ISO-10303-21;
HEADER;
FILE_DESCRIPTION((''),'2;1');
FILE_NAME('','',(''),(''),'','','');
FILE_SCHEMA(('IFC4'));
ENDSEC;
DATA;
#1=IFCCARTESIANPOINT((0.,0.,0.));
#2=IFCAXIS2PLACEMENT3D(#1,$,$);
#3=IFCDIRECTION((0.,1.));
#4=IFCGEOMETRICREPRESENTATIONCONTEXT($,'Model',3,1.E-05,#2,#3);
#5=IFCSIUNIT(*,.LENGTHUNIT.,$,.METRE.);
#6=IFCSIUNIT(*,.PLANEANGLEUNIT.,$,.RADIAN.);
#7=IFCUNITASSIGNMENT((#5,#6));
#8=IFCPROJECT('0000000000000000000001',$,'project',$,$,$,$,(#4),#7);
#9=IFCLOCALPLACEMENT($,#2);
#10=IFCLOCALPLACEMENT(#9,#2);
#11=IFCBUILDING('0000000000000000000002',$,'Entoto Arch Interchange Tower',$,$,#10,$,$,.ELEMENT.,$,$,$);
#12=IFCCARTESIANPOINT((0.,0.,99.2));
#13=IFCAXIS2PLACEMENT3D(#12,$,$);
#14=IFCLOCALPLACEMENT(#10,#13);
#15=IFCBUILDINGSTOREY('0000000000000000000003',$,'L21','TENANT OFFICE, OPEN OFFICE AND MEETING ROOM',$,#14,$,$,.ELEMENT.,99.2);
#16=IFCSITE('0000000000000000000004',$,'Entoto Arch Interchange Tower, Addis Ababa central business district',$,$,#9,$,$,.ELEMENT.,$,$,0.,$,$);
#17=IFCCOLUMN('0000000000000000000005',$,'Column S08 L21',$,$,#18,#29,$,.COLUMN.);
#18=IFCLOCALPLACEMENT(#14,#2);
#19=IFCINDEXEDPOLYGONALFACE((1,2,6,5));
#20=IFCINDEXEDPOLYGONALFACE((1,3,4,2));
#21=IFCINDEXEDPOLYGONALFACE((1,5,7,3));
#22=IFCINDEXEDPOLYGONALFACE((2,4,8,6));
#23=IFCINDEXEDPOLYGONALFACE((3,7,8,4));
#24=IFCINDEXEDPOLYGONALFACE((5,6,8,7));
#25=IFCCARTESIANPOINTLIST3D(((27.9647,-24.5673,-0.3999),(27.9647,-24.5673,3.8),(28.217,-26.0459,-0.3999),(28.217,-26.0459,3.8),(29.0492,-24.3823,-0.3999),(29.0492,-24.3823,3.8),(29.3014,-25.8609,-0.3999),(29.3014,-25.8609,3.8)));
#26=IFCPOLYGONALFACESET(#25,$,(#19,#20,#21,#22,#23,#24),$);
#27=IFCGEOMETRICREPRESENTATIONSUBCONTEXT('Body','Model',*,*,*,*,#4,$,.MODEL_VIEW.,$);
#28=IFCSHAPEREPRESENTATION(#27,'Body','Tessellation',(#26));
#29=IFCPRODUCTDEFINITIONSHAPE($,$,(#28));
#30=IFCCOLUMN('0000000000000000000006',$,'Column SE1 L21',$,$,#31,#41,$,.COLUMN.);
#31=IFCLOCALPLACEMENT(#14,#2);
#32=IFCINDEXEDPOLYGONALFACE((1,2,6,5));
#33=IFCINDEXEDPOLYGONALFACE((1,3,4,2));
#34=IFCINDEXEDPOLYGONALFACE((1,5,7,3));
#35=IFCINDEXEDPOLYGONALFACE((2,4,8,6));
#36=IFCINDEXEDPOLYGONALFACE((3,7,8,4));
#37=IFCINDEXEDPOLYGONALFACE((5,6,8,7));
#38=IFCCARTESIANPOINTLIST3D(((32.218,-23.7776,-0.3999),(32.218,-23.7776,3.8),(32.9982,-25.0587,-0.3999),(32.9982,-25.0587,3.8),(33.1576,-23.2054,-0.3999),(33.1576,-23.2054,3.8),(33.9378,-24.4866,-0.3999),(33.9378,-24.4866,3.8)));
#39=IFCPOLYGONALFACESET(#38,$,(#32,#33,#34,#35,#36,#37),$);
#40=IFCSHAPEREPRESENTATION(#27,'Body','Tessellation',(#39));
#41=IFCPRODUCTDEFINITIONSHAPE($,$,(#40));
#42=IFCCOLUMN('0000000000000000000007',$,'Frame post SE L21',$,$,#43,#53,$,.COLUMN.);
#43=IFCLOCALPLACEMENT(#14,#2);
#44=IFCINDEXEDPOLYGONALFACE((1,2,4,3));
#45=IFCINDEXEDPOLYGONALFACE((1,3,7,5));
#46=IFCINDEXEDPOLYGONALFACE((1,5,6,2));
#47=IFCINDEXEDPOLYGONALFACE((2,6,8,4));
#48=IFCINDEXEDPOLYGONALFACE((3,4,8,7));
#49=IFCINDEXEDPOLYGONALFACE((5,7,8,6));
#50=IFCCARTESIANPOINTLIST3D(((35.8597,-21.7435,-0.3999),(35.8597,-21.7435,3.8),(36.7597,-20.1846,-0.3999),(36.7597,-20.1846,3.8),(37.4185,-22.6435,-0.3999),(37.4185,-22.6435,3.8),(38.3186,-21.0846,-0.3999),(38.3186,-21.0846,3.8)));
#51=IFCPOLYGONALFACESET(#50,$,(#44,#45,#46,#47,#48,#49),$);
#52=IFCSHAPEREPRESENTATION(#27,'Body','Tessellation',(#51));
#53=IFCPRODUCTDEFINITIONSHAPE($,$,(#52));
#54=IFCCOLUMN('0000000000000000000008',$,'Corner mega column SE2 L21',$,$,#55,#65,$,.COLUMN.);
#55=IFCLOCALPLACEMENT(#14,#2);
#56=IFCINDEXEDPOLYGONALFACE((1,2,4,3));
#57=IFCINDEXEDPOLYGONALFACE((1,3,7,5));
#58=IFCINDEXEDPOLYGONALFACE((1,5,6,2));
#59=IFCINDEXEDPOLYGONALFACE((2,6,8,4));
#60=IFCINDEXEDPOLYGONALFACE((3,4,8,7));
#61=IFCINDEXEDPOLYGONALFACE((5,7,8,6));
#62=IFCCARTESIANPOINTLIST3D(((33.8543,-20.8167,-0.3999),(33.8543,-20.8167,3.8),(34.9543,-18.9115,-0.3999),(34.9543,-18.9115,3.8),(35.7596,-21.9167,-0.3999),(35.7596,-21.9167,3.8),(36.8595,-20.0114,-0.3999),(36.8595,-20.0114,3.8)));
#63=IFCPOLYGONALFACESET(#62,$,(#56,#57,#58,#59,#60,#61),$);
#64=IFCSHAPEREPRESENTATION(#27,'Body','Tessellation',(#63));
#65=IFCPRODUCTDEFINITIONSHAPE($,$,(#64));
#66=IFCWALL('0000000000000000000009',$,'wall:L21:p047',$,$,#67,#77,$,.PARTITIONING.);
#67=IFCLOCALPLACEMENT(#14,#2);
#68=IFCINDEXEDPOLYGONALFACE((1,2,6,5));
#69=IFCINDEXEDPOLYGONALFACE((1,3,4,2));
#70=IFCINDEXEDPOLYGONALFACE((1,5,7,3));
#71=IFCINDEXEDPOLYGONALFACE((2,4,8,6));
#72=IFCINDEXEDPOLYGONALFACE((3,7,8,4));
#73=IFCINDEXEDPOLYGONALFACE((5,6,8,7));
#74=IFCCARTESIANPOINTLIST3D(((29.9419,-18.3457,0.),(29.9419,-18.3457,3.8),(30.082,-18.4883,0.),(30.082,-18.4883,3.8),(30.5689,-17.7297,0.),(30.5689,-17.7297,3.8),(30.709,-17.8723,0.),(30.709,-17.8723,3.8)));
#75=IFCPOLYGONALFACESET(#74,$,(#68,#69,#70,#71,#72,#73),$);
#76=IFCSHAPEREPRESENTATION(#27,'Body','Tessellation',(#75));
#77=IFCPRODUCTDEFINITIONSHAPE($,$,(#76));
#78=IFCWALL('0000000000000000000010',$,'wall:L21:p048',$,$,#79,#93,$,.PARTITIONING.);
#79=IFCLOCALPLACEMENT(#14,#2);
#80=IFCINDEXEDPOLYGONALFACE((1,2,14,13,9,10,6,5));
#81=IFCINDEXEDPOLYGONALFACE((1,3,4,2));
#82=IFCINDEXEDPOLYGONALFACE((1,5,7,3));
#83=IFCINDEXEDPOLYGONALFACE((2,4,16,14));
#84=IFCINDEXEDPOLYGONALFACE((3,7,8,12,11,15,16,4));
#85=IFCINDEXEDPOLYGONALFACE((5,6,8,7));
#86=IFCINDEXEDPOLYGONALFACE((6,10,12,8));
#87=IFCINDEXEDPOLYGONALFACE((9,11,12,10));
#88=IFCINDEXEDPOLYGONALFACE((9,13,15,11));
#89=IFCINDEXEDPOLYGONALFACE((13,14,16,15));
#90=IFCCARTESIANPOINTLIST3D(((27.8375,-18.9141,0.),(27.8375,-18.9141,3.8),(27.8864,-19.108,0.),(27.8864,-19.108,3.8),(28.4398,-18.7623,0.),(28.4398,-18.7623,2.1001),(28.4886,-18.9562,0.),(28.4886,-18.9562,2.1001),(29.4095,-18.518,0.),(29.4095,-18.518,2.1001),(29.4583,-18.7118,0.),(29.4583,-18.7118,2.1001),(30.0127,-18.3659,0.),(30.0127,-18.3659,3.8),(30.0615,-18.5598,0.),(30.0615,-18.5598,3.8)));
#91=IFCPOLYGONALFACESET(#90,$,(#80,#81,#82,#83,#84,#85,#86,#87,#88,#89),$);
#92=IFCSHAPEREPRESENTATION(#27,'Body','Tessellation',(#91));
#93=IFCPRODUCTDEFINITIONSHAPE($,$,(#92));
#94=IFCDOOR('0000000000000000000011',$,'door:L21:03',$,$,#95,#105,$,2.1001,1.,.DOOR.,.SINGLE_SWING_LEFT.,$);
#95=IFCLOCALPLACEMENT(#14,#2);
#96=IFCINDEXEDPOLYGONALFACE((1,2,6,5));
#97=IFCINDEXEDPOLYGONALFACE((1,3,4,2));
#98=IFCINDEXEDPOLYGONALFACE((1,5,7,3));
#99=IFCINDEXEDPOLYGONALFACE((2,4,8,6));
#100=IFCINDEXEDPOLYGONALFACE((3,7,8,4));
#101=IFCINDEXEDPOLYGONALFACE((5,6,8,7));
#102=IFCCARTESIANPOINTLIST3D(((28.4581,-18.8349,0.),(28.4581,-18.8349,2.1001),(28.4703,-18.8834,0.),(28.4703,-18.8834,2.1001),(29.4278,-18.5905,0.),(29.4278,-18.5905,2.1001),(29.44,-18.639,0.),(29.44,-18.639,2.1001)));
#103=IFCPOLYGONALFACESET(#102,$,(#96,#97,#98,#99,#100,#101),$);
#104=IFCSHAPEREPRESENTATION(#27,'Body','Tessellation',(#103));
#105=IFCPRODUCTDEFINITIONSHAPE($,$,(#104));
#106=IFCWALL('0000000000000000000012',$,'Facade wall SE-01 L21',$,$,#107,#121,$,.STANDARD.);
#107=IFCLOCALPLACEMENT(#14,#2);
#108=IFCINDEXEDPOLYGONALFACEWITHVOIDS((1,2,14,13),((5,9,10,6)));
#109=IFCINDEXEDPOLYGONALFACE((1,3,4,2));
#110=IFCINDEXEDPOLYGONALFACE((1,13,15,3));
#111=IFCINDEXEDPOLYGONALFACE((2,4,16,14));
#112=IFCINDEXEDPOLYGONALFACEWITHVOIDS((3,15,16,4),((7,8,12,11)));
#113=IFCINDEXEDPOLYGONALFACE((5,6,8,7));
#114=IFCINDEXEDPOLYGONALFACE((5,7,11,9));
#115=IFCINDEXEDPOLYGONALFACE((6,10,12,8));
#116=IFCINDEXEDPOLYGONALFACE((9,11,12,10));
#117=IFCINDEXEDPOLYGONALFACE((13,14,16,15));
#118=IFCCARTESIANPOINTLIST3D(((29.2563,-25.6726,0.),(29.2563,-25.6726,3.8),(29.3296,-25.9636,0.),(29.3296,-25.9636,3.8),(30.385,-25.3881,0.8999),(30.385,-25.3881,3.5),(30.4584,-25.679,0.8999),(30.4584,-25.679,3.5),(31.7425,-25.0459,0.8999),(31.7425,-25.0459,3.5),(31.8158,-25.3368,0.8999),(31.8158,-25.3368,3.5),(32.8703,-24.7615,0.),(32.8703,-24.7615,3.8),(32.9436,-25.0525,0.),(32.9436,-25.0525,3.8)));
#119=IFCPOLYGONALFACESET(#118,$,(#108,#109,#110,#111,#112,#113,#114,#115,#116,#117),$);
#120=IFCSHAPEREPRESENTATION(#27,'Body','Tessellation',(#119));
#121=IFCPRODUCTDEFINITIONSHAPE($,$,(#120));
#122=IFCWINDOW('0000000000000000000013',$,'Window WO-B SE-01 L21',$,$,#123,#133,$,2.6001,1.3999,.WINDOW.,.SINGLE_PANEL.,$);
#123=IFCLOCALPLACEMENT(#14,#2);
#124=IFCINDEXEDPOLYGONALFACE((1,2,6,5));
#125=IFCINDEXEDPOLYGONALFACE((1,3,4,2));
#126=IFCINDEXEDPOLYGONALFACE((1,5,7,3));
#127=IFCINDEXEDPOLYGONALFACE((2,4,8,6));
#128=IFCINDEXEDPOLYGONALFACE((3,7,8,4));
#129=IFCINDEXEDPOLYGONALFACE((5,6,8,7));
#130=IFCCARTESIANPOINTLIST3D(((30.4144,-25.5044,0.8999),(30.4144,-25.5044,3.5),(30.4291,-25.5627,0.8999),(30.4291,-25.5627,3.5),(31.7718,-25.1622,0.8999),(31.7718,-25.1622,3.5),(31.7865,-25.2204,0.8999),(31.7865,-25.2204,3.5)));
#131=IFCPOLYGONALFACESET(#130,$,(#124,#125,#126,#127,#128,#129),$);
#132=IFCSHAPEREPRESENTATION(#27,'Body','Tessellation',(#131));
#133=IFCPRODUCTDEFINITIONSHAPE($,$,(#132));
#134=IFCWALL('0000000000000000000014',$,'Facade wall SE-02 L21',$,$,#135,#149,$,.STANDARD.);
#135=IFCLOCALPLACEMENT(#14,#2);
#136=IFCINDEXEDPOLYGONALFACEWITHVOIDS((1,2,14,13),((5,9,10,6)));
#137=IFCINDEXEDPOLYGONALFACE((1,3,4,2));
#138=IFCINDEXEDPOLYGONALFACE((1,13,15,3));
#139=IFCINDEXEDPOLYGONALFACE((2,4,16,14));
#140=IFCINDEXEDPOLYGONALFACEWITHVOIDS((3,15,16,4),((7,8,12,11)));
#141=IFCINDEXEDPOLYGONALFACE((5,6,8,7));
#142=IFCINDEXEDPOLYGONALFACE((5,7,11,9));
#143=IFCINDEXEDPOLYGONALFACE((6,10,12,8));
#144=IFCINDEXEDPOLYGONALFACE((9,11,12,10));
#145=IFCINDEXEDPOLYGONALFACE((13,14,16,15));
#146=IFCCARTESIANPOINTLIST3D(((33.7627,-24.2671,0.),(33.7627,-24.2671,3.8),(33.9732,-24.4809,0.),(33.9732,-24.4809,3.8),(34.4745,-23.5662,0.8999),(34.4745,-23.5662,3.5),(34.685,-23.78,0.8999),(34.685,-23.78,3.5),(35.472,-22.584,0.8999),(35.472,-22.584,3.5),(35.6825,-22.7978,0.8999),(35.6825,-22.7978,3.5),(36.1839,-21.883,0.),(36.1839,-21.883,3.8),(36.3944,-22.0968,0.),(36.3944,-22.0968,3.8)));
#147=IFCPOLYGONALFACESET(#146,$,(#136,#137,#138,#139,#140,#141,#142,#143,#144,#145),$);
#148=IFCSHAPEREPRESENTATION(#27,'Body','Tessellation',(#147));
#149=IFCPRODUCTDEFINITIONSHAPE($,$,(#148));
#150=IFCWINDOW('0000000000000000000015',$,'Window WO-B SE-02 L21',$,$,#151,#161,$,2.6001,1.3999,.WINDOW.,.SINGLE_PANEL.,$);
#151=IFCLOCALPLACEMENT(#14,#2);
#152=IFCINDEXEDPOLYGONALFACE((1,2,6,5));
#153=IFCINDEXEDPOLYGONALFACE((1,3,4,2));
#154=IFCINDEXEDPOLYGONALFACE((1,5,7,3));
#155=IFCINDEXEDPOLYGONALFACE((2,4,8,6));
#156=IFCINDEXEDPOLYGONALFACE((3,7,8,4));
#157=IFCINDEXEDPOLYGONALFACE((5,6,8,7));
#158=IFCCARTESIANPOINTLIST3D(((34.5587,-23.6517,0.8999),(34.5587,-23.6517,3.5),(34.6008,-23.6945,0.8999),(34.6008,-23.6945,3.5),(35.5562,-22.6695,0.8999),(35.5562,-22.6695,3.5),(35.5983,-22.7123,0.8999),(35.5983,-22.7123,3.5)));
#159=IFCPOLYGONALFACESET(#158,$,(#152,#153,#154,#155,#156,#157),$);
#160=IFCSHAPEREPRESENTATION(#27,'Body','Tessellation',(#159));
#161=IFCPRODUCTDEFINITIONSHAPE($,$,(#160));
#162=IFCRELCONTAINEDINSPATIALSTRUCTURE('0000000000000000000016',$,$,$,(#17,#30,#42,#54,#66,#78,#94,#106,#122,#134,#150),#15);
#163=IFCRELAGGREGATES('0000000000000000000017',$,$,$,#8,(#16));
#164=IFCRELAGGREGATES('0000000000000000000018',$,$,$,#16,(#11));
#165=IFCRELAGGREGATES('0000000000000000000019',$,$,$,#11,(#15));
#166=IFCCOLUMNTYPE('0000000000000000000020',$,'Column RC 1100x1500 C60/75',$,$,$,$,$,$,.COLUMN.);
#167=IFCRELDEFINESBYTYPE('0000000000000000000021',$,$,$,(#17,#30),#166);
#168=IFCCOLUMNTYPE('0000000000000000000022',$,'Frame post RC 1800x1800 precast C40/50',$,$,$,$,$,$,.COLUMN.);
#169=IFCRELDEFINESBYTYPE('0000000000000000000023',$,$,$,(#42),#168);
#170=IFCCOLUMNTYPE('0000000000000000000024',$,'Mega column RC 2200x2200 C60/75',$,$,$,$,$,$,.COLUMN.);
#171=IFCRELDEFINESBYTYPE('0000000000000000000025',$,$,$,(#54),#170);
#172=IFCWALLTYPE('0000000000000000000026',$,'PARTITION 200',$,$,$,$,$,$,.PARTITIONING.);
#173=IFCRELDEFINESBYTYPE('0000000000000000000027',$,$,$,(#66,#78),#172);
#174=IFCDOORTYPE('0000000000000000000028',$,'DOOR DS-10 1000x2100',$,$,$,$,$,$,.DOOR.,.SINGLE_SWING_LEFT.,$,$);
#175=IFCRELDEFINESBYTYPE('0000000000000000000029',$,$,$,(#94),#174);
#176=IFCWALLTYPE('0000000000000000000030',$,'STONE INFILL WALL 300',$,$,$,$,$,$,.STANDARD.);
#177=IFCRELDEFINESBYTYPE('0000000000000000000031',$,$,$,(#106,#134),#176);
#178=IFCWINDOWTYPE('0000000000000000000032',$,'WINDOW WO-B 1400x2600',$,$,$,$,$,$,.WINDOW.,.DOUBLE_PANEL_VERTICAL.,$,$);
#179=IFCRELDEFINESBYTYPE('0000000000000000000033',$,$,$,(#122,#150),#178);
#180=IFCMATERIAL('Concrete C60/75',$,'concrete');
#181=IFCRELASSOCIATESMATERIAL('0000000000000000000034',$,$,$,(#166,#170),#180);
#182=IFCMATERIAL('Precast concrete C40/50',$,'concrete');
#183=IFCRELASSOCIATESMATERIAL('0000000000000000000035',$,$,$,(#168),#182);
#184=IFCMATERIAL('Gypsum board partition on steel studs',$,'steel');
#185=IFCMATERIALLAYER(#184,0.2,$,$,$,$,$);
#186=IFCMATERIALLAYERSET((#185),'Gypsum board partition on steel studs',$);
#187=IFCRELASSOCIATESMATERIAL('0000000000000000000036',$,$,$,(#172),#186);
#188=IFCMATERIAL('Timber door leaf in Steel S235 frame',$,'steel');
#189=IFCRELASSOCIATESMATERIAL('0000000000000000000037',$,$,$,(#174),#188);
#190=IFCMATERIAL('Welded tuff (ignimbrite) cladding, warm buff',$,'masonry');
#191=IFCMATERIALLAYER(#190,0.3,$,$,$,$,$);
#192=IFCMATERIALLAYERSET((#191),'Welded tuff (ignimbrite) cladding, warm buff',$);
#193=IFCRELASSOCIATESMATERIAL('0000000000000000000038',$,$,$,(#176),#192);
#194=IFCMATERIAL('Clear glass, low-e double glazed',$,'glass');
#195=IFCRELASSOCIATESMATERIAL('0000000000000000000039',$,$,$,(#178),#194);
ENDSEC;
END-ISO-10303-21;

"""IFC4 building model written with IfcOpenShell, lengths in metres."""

from ifc_helpers import new_model, si_unit, direction, frame, frame_2d, origin, origin_2d, place, context, subcontext, project, spatial, rectangle, extrude, material, layer, layer_set, material_profile, profile_set, type_object, element, fill, save


model = new_model("IFC4")

# Units and contexts
model_context = context("Model", 3, precision=1e-05, world=origin(), true_north=direction((0.0, 1.0)))
body_context = subcontext(model_context, "Body", "Model", "MODEL_VIEW")
ifc_project = project(units=[si_unit("LENGTHUNIT", "METRE"), si_unit("PLANEANGLEUNIT", "RADIAN")], contexts=[model_context])

# Site, building, storey
site_placement = place(None, origin())
site = spatial("IfcSite", under=ifc_project, at=site_placement, Name="Entoto Arch Interchange Tower, Addis Ababa central business district", CompositionType="ELEMENT", RefElevation=0.0)
building_placement = place(site_placement, origin())
building = spatial("IfcBuilding", under=site, at=building_placement, Name="Entoto Arch Interchange Tower", CompositionType="ELEMENT")
storey_placement = place(building_placement, frame((0.0, 0.0, 99.2)))
storey = spatial("IfcBuildingStorey", under=building, at=storey_placement, Name="L21", Description="TENANT OFFICE, OPEN OFFICE AND MEETING ROOM", CompositionType="ELEMENT", Elevation=99.2)

# Columns
ifc_material_1 = material(Name="Concrete C60/75", Category="concrete")
ifc_material_profile_1 = material_profile(ifc_material_1, rectangle(XDim=1.1001, YDim=1.5, at=origin_2d()))
ifc_profile_set_1 = profile_set([ifc_material_profile_1], Name="Concrete C60/75")
column_type_1 = type_object("IfcColumnType", Name="Column RC 1100x1500 C60/75", PredefinedType="COLUMN", material=ifc_profile_set_1)
for number, where, z_axis, x_axis, name in (
    (1, (28.6331, -25.2141, -0.3999), (0.0, 0.0, 1.0), (0.985759, 0.168162, 0.0), "Column S08 L21"),
    (2, (33.0779, -24.1321, -0.3999), (0.0, 0.0, 1.0), (0.854096, 0.520116, 0.0), "Column SE1 L21"),
):
    element("IfcColumn", number, at=place(storey_placement, frame(where, z_axis=z_axis, x_axis=x_axis)), inside=storey, type_object=column_type_1, Name=name, PredefinedType="COLUMN", context=body_context, shape_type="SweptSolid", body=[
        extrude(rectangle(XDim=1.1001, YDim=1.5, at=origin_2d()), origin(), (0.0, 0.0, 1.0), 4.2),
    ])
ifc_material_2 = material(Name="Precast concrete C40/50", Category="concrete")
ifc_material_profile_2 = material_profile(ifc_material_2, rectangle(XDim=1.8, YDim=1.8, at=origin_2d()))
ifc_profile_set_2 = profile_set([ifc_material_profile_2], Name="Precast concrete C40/50")
column_type_2 = type_object("IfcColumnType", Name="Frame post RC 1800x1800 precast C40/50", PredefinedType="COLUMN", material=ifc_profile_set_2)
column_1_placement = place(storey_placement, frame((37.0891, -21.4141, -0.3999), z_axis=(0.0, 0.0, 1.0), x_axis=(-0.866025, 0.5, 0.0)))
element("IfcColumn", 3, at=column_1_placement, inside=storey, type_object=column_type_2, Name="Frame post SE L21", PredefinedType="COLUMN", context=body_context, shape_type="SweptSolid", body=[
    extrude(rectangle(XDim=1.8, YDim=1.8, at=origin_2d()), origin(), (0.0, 0.0, 1.0), 4.2),
])
ifc_material_profile_3 = material_profile(ifc_material_1, rectangle(XDim=2.2, YDim=2.2, at=origin_2d()))
ifc_profile_set_3 = profile_set([ifc_material_profile_3], Name="Concrete C60/75")
column_type_3 = type_object("IfcColumnType", Name="Mega column RC 2200x2200 C60/75", PredefinedType="COLUMN", material=ifc_profile_set_3)
column_2_placement = place(storey_placement, frame((35.3569, -20.4141, -0.3999), z_axis=(0.0, 0.0, 1.0), x_axis=(-0.866025, 0.5, 0.0)))
element("IfcColumn", 4, at=column_2_placement, inside=storey, type_object=column_type_3, Name="Corner mega column SE2 L21", PredefinedType="COLUMN", context=body_context, shape_type="SweptSolid", body=[
    extrude(rectangle(XDim=2.2, YDim=2.2, at=origin_2d()), origin(), (0.0, 0.0, 1.0), 4.2),
])

# Wall
ifc_material_3 = material(Name="Gypsum board partition on steel studs", Category="steel")
ifc_layer_1 = layer(ifc_material_3, 0.2)
ifc_layer_set_1 = layer_set([ifc_layer_1], Name="Gypsum board partition on steel studs")
wall_type_1 = type_object("IfcWallType", Name="PARTITION 200", PredefinedType="PARTITIONING", material=ifc_layer_set_1)
wall_1_placement = place(storey_placement, frame((30.6389, -17.801, 0.0), z_axis=(0.0, 0.0, 1.0), x_axis=(-0.713329, -0.700829, 0.0)))
element("IfcWall", 5, at=wall_1_placement, inside=storey, type_object=wall_type_1, Name="wall:L21:p047", PredefinedType="PARTITIONING", context=body_context, shape_type="SweptSolid", body=[
    extrude(rectangle(XDim=0.8789, YDim=0.2, at=frame_2d((0.4395, 0.0))), origin(), (0.0, 0.0, 1.0), 3.8),
])

# Wall, opening, door
wall_2_placement = place(storey_placement, frame((30.0371, -18.4629, 0.0), z_axis=(0.0, 0.0, 1.0), x_axis=(-0.969686, -0.244354, 0.0)))
wall_2 = element("IfcWall", 6, at=wall_2_placement, inside=storey, type_object=wall_type_1, Name="wall:L21:p048", PredefinedType="PARTITIONING", context=body_context, shape_type="SweptSolid", body=[
    extrude(rectangle(XDim=2.2432, YDim=0.2, at=frame_2d((1.1216, 0.0))), origin(), (0.0, 0.0, 1.0), 3.8),
])
opening_1_placement = place(wall_2_placement, frame((0.6221, 0.0, 0.0)))
opening_1 = element("IfcOpeningElement", 7, at=opening_1_placement, cuts=wall_2, PredefinedType="OPENING", context=body_context, shape_type="SweptSolid", body=[
    extrude(rectangle(XDim=1.0, YDim=2.1001, at=frame_2d((0.5, 1.05))), frame((0.0, 0.1099, 0.0), z_axis=(0.0, -1.0, 0.0), x_axis=(1.0, 0.0, 0.0)), (0.0, 0.0, 1.0), 0.22),
])
ifc_material_4 = material(Name="Timber door leaf in Steel S235 frame", Category="steel")
door_type = type_object("IfcDoorType", Name="DOOR DS-10 1000x2100", OperationType="SINGLE_SWING_LEFT", PredefinedType="DOOR", material=ifc_material_4)
door_placement = place(opening_1_placement, origin())
door = element("IfcDoor", 8, at=door_placement, inside=storey, type_object=door_type, Name="door:L21:03", OperationType="SINGLE_SWING_LEFT", OverallHeight=2.1001, OverallWidth=1.0, PredefinedType="DOOR", context=body_context, shape_type="SweptSolid", body=[
    extrude(rectangle(XDim=1.0, YDim=2.1001, at=frame_2d((0.5, 1.05))), frame((0.0, 0.0249, 0.0), z_axis=(0.0, -1.0, 0.0), x_axis=(1.0, 0.0, 0.0)), (0.0, 0.0, 1.0), 0.05),
])
fill(opening_1, door)

# Walls, openings, windows
ifc_material_5 = material(Name="Welded tuff (ignimbrite) cladding, warm buff", Category="masonry")
ifc_layer_2 = layer(ifc_material_5, 0.3)
ifc_layer_set_2 = layer_set([ifc_layer_2], Name="Welded tuff (ignimbrite) cladding, warm buff")
wall_type_2 = type_object("IfcWallType", Name="STONE INFILL WALL 300", PredefinedType="STANDARD", material=ifc_layer_set_2)
wall_3_placement = place(storey_placement, frame((29.293, -25.8181, 0.0), z_axis=(0.0, 0.0, 1.0), x_axis=(0.969659, 0.244462, 0.0)))
wall_3 = element("IfcWall", 9, at=wall_3_placement, inside=storey, type_object=wall_type_2, Name="Facade wall SE-01 L21", PredefinedType="STANDARD", context=body_context, shape_type="SweptSolid", body=[
    extrude(rectangle(XDim=3.7271, YDim=0.3, at=frame_2d((1.8635, 0.0))), origin(), (0.0, 0.0, 1.0), 3.8),
])
opening_2_placement = place(wall_3_placement, frame((1.1641, 0.0, 0.8999)))
opening_2 = element("IfcOpeningElement", 10, at=opening_2_placement, cuts=wall_3, PredefinedType="OPENING", context=body_context, shape_type="SweptSolid", body=[
    extrude(rectangle(XDim=1.3999, YDim=2.6001, at=frame_2d((0.7, 1.3))), frame((0.0, 0.1602, 0.0), z_axis=(0.0, -1.0, 0.0), x_axis=(1.0, 0.0, 0.0)), (0.0, 0.0, 1.0), 0.3201),
])
ifc_material_6 = material(Name="Clear glass, low-e double glazed", Category="glass")
window_type = type_object("IfcWindowType", Name="WINDOW WO-B 1400x2600", PartitioningType="DOUBLE_PANEL_VERTICAL", PredefinedType="WINDOW", material=ifc_material_6)
window_1_placement = place(opening_2_placement, origin())
window_1 = element("IfcWindow", 11, at=window_1_placement, inside=storey, type_object=window_type, Name="Window WO-B SE-01 L21", OverallHeight=2.6001, OverallWidth=1.3999, PartitioningType="SINGLE_PANEL", PredefinedType="WINDOW", context=body_context, shape_type="SweptSolid", body=[
    extrude(rectangle(XDim=1.3999, YDim=2.6001, at=frame_2d((0.7, 1.3))), frame((0.0, 0.03, 0.0), z_axis=(0.0, -1.0, 0.0), x_axis=(1.0, 0.0, 0.0)), (0.0, 0.0, 1.0), 0.0601),
])
fill(opening_2, window_1)
wall_4_placement = place(storey_placement, frame((33.8679, -24.374, 0.0), z_axis=(0.0, 0.0, 1.0), x_axis=(0.712546, 0.701625, 0.0)))
wall_4 = element("IfcWall", 12, at=wall_4_placement, inside=storey, type_object=wall_type_2, Name="Facade wall SE-02 L21", PredefinedType="STANDARD", context=body_context, shape_type="SweptSolid", body=[
    extrude(rectangle(XDim=3.3979, YDim=0.3, at=frame_2d((1.699, 0.0))), origin(), (0.0, 0.0, 1.0), 3.8),
])
opening_3_placement = place(wall_4_placement, frame((0.999, 0.0, 0.8999)))
opening_3 = element("IfcOpeningElement", 13, at=opening_3_placement, cuts=wall_4, PredefinedType="OPENING", context=body_context, shape_type="SweptSolid", body=[
    extrude(rectangle(XDim=1.3999, YDim=2.6001, at=frame_2d((0.7, 1.3))), frame((0.0, 0.1602, 0.0), z_axis=(0.0, -1.0, 0.0), x_axis=(1.0, 0.0, 0.0)), (0.0, 0.0, 1.0), 0.3201),
])
window_2_placement = place(opening_3_placement, origin())
window_2 = element("IfcWindow", 14, at=window_2_placement, inside=storey, type_object=window_type, Name="Window WO-B SE-02 L21", OverallHeight=2.6001, OverallWidth=1.3999, PartitioningType="SINGLE_PANEL", PredefinedType="WINDOW", context=body_context, shape_type="SweptSolid", body=[
    extrude(rectangle(XDim=1.3999, YDim=2.6001, at=frame_2d((0.7, 1.3))), frame((0.0, 0.03, 0.0), z_axis=(0.0, -1.0, 0.0), x_axis=(1.0, 0.0, 0.0)), (0.0, 0.0, 1.0), 0.0601),
])
fill(opening_3, window_2)

save(model, "model.ifc")
